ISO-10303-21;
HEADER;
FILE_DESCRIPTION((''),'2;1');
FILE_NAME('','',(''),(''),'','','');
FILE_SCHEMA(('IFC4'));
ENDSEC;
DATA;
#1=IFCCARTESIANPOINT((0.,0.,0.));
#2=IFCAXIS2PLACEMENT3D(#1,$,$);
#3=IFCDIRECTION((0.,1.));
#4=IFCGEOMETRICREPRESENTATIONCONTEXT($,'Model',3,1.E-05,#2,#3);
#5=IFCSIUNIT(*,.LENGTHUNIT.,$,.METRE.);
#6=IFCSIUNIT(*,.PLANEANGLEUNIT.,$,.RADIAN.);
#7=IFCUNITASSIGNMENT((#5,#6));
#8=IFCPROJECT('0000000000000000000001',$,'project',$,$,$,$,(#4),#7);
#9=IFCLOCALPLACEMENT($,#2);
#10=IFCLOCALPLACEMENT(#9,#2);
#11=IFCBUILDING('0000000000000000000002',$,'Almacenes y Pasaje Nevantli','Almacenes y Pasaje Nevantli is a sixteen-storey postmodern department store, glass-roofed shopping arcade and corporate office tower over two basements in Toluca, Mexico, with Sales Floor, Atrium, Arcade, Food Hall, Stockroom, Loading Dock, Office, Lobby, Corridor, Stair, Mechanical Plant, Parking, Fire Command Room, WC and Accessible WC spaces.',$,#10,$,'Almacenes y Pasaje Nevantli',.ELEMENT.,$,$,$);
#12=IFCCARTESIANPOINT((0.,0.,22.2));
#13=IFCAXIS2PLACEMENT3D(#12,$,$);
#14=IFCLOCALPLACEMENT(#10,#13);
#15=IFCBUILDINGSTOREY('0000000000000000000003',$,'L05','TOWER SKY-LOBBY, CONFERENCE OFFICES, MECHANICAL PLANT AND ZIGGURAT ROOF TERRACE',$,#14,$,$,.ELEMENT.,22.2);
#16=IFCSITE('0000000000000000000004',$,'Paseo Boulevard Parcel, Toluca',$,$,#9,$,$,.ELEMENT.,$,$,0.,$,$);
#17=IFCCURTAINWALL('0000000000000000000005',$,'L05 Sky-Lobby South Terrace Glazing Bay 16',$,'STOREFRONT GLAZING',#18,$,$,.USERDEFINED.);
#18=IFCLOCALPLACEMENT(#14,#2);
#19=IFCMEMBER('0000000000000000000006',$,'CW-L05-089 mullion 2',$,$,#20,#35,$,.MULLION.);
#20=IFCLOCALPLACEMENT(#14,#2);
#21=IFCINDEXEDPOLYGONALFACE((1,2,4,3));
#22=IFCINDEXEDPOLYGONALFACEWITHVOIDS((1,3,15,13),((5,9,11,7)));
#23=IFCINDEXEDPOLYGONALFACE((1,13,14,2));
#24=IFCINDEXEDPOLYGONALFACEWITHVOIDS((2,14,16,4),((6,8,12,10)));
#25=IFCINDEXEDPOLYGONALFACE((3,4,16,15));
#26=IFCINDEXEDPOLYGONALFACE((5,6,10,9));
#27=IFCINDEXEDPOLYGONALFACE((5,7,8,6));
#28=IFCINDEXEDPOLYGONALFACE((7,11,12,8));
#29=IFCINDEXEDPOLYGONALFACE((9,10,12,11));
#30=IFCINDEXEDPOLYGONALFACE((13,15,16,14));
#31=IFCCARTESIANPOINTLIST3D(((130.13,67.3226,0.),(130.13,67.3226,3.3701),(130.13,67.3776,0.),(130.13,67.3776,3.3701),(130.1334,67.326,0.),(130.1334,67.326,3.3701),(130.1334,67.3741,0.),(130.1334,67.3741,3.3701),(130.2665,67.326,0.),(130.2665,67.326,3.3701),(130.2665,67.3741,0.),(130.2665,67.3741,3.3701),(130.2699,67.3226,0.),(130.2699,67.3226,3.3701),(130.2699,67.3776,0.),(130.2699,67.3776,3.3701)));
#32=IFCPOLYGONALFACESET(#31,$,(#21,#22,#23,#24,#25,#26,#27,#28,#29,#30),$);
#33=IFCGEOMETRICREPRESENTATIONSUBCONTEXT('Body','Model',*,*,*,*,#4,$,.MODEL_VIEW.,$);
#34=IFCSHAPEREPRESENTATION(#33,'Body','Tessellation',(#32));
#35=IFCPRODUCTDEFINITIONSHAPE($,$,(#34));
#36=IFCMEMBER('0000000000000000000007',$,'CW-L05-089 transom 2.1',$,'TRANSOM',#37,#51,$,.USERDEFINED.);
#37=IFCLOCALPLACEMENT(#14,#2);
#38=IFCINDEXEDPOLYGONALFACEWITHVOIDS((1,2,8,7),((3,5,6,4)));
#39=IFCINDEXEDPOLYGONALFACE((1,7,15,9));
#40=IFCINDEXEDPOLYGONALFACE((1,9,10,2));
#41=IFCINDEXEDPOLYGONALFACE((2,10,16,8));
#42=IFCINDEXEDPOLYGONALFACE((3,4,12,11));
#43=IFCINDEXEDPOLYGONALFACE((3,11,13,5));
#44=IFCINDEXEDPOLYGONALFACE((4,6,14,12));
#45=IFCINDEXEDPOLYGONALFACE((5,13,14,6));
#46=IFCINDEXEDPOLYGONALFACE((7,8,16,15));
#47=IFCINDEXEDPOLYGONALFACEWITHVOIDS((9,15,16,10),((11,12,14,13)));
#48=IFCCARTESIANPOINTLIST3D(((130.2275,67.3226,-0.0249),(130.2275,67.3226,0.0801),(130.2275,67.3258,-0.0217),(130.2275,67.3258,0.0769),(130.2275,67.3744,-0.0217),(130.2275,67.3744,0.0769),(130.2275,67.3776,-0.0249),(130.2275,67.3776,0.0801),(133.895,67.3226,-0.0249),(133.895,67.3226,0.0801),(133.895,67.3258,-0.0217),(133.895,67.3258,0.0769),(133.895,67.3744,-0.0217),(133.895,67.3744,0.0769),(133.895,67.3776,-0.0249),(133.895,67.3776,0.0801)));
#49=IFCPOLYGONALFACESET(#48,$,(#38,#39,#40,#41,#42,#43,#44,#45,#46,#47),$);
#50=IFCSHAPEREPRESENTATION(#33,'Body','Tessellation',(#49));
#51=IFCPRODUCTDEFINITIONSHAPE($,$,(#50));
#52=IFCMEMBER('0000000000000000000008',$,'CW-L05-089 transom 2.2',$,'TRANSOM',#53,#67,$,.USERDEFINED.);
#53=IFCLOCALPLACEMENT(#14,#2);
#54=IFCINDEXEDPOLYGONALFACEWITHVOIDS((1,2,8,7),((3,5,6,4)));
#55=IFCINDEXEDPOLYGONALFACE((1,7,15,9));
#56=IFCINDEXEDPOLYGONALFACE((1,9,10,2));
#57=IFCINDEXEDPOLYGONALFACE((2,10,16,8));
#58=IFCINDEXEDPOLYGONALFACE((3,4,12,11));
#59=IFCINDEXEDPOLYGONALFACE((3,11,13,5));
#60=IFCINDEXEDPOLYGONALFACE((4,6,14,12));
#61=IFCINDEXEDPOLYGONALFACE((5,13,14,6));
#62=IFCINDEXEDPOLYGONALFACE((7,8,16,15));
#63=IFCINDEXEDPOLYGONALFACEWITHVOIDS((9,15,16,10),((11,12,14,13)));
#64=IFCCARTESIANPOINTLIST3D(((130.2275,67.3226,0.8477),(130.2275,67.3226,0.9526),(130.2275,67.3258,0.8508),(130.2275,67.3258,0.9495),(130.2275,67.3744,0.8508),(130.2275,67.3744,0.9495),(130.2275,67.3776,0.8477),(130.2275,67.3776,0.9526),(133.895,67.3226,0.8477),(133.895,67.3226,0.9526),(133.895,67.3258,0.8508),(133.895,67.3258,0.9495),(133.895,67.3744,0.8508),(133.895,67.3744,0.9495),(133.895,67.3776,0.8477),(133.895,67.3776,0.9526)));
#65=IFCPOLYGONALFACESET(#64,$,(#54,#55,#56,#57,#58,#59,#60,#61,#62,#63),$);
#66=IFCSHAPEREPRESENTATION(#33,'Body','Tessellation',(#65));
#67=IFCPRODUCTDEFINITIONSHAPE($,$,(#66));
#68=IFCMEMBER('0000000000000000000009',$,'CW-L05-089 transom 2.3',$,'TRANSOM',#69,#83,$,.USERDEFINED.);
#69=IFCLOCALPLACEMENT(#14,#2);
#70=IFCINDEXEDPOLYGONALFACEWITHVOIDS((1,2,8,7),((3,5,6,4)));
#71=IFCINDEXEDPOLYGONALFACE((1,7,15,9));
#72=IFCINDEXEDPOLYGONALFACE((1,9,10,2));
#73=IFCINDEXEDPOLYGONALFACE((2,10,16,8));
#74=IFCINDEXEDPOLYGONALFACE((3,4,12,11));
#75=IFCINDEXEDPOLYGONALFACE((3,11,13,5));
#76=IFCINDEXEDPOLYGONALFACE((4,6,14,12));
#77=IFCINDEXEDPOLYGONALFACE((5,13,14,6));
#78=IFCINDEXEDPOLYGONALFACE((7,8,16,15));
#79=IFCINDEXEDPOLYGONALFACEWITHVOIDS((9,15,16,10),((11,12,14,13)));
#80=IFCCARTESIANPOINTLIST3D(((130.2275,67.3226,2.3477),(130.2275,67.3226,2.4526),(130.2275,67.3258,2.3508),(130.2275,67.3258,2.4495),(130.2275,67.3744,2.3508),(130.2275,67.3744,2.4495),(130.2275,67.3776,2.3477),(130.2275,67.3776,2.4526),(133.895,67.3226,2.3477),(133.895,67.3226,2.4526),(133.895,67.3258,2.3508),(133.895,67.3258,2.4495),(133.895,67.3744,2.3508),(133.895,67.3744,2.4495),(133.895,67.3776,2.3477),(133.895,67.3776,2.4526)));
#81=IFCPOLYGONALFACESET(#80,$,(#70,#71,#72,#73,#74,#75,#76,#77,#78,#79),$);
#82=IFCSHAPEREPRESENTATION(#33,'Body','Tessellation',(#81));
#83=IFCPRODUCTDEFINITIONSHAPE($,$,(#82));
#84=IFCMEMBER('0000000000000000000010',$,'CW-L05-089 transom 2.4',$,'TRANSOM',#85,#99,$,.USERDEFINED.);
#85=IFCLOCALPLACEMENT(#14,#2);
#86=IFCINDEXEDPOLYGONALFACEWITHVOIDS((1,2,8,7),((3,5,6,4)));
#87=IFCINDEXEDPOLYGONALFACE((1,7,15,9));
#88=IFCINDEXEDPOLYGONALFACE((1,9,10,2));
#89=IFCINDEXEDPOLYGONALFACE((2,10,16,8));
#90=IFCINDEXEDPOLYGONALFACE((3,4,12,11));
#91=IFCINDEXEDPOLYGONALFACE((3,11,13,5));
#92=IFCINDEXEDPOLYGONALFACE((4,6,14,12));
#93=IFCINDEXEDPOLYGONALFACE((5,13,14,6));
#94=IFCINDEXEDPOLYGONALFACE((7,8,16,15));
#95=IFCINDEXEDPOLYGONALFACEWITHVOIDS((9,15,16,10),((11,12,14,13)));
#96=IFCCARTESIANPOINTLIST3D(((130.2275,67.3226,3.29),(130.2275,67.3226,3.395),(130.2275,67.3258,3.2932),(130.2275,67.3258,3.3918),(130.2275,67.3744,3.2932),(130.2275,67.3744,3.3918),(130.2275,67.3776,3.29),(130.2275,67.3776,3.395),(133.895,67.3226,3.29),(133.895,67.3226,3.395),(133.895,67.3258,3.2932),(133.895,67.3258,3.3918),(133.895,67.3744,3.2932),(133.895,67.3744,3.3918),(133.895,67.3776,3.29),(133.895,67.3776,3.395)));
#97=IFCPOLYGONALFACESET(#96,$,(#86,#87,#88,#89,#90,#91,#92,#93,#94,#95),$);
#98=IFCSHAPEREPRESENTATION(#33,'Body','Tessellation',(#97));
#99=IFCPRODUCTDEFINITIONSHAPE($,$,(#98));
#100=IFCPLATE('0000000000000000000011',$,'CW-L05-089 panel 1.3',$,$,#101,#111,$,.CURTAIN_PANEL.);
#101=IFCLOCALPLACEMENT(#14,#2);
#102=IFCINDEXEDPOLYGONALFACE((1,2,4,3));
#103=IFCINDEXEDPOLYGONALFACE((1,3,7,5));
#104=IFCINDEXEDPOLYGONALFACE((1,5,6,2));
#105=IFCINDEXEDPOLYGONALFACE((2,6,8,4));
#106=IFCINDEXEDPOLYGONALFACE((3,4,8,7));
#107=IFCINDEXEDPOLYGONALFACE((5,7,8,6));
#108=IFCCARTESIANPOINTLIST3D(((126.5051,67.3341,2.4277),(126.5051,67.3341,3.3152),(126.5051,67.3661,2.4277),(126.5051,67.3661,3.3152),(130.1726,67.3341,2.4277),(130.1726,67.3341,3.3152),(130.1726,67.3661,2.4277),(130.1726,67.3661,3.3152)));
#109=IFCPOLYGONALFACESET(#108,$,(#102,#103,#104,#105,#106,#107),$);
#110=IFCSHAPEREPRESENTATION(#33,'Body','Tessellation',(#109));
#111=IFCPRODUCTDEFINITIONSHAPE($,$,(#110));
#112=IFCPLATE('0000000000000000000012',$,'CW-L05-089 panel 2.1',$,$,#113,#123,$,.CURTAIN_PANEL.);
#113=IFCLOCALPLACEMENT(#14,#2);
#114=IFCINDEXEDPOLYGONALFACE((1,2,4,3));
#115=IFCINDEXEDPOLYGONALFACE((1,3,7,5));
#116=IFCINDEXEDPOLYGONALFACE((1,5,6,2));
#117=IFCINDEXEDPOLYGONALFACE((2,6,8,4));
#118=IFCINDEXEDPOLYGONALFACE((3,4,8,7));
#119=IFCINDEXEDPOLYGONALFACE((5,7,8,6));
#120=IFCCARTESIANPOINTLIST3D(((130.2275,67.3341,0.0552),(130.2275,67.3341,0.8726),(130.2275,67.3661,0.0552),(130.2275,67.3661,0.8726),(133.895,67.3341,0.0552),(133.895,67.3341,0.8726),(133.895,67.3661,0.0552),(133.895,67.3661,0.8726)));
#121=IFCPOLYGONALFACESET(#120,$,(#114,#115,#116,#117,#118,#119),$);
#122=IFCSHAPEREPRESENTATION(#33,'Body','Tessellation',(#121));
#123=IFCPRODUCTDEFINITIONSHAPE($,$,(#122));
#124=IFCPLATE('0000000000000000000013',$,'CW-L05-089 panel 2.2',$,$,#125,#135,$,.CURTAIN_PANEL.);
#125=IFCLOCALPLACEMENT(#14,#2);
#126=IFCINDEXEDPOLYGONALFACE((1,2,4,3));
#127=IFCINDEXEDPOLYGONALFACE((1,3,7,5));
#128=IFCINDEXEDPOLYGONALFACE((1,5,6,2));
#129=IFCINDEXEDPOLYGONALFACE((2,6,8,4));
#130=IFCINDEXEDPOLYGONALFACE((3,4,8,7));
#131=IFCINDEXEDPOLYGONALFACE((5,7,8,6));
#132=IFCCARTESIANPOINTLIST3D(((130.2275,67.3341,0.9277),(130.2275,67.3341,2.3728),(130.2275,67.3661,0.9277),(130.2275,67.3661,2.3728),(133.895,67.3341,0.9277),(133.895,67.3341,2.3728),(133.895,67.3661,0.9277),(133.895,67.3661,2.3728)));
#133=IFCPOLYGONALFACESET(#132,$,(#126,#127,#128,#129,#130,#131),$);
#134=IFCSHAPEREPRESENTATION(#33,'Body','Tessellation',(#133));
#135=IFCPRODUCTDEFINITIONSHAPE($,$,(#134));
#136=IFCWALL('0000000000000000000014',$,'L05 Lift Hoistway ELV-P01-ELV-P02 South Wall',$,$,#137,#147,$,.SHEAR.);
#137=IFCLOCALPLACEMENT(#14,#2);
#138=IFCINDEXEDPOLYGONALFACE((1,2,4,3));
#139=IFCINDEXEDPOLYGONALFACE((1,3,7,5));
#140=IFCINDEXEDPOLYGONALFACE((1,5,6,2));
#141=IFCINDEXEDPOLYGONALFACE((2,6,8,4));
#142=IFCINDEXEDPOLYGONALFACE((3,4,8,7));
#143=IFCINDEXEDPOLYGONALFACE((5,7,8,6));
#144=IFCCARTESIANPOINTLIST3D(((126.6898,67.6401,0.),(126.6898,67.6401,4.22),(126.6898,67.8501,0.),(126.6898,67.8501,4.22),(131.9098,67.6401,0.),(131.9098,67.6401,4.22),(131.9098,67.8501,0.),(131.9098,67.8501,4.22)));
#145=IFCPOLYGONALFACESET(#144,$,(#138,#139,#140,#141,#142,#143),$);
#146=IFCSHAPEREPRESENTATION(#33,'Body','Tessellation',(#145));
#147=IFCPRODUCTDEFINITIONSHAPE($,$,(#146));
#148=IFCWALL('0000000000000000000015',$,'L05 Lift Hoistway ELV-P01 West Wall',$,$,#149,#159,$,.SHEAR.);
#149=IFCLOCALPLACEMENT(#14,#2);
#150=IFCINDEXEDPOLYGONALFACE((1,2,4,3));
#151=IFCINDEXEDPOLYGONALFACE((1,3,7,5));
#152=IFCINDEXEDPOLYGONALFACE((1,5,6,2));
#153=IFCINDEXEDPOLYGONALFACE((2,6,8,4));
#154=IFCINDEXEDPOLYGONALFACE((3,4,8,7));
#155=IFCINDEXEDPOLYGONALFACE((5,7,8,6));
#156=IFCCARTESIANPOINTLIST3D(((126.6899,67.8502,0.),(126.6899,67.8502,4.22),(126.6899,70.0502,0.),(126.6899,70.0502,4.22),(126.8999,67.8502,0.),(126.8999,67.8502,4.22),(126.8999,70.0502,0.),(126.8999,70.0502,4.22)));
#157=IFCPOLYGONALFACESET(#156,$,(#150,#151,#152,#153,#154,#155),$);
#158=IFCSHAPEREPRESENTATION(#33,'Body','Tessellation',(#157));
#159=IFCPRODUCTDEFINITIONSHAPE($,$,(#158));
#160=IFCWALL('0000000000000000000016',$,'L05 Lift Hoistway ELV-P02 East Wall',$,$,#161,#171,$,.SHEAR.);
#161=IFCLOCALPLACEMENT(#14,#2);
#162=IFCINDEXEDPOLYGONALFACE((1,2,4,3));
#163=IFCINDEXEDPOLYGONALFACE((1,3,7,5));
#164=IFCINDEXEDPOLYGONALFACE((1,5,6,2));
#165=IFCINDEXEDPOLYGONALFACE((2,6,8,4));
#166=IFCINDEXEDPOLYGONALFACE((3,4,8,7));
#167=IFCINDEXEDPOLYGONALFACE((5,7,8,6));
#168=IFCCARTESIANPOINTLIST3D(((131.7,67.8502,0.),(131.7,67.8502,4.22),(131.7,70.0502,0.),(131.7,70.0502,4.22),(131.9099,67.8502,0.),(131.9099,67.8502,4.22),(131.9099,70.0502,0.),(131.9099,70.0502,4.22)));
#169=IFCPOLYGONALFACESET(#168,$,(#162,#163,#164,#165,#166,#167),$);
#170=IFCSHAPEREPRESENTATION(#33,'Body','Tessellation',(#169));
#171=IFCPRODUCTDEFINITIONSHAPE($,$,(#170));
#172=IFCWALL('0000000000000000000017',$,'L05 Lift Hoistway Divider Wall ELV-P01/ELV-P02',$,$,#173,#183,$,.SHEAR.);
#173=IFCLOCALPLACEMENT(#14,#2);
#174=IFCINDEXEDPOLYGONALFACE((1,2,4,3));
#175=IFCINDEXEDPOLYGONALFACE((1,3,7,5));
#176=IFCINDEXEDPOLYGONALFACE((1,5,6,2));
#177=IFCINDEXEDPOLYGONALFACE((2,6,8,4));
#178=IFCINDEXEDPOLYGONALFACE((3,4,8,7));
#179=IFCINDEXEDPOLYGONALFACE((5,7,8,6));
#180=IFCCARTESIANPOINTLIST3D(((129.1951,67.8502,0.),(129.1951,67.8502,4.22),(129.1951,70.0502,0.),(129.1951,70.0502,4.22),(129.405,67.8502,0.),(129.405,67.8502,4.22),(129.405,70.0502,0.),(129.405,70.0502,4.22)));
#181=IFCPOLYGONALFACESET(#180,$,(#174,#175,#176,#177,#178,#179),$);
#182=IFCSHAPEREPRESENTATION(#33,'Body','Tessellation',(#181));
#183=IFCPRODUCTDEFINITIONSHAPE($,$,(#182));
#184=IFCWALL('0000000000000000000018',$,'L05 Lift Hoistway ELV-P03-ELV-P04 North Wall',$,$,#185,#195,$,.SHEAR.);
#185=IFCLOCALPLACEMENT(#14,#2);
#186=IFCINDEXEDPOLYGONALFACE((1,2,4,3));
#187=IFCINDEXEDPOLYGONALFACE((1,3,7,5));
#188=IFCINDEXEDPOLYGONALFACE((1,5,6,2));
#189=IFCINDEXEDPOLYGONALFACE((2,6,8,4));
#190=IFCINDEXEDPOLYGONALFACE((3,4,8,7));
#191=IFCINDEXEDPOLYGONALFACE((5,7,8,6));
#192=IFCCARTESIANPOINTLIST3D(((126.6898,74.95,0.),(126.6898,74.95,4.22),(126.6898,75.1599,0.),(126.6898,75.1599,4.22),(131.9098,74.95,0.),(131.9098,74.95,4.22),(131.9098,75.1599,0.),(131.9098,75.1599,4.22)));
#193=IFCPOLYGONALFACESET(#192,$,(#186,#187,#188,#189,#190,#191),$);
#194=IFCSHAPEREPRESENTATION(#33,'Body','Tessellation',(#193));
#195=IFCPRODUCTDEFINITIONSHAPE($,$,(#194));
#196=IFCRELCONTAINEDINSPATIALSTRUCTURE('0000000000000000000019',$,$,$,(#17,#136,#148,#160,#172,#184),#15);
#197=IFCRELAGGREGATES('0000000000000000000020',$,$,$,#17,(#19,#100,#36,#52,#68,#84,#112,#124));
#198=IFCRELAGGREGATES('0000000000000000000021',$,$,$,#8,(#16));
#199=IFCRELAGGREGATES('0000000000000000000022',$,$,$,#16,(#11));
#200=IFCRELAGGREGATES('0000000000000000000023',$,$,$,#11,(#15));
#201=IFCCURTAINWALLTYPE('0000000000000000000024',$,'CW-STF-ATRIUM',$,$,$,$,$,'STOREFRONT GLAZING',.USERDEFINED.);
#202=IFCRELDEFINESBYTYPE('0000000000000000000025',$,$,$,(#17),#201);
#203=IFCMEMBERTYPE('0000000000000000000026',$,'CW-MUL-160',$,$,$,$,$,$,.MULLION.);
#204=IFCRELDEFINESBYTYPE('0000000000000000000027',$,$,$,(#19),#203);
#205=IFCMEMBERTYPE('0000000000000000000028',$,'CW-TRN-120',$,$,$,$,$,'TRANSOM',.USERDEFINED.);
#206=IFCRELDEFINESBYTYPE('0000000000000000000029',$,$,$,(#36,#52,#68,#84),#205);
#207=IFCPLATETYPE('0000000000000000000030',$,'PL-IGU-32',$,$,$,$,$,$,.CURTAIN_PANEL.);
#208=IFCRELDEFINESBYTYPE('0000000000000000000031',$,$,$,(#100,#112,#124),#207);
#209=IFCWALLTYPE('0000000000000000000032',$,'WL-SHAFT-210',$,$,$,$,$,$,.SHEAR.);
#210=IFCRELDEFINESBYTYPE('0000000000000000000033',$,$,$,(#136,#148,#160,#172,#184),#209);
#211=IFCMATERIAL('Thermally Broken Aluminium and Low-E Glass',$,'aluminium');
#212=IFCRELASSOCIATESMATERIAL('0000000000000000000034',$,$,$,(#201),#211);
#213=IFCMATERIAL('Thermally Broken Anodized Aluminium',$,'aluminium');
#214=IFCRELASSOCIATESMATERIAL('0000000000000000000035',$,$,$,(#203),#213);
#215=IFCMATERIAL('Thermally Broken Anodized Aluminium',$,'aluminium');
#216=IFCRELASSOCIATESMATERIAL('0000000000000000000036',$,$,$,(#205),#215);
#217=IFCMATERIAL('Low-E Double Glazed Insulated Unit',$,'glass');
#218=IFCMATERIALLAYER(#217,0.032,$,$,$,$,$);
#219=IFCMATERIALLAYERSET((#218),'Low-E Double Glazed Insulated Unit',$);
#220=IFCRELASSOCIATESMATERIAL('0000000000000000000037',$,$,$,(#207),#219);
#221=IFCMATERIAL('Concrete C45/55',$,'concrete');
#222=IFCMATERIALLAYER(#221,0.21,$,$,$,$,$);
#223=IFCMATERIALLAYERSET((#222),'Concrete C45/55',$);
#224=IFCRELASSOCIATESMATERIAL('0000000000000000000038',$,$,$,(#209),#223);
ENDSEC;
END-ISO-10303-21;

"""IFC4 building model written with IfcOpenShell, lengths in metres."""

from ifc_helpers import new_model, si_unit, direction, frame, frame_2d, origin, origin_2d, place, context, subcontext, project, spatial, rectangle, hollow_rectangle, extrude, material, layer, layer_set, material_profile, profile_set, type_object, element, aggregate, save


model = new_model("IFC4")

# Units and contexts
model_context = context("Model", 3, precision=1e-05, world=origin(), true_north=direction((0.0, 1.0)))
body_context = subcontext(model_context, "Body", "Model", "MODEL_VIEW")
ifc_project = project(units=[si_unit("LENGTHUNIT", "METRE"), si_unit("PLANEANGLEUNIT", "RADIAN")], contexts=[model_context])

# Site, building, storey
site_placement = place(None, origin())
site = spatial("IfcSite", under=ifc_project, at=site_placement, Name="Paseo Boulevard Parcel, Toluca", CompositionType="ELEMENT", RefElevation=0.0)
building_placement = place(site_placement, origin())
building = spatial("IfcBuilding", under=site, at=building_placement, Name="Almacenes y Pasaje Nevantli", Description="Almacenes y Pasaje Nevantli is a sixteen-storey postmodern department store, glass-roofed shopping arcade and corporate office tower over two basements in Toluca, Mexico, with Sales Floor, Atrium, Arcade, Food Hall, Stockroom, Loading Dock, Office, Lobby, Corridor, Stair, Mechanical Plant, Parking, Fire Command Room, WC and Accessible WC spaces.", LongName="Almacenes y Pasaje Nevantli", CompositionType="ELEMENT")
storey_placement = place(building_placement, frame((0.0, 0.0, 22.2)))
storey = spatial("IfcBuildingStorey", under=building, at=storey_placement, Name="L05", Description="TOWER SKY-LOBBY, CONFERENCE OFFICES, MECHANICAL PLANT AND ZIGGURAT ROOF TERRACE", CompositionType="ELEMENT", Elevation=22.2)

# Curtain wall, members, plates
ifc_material_1 = material(Name="Thermally Broken Aluminium and Low-E Glass", Category="aluminium")
curtain_wall_type = type_object("IfcCurtainWallType", Name="CW-STF-ATRIUM", ElementType="STOREFRONT GLAZING", PredefinedType="USERDEFINED", material=ifc_material_1)
curtain_wall_placement = place(storey_placement, origin())
curtain_wall = element("IfcCurtainWall", 1, at=curtain_wall_placement, inside=storey, type_object=curtain_wall_type, Name="L05 Sky-Lobby South Terrace Glazing Bay 16", ObjectType="STOREFRONT GLAZING", PredefinedType="USERDEFINED")
ifc_material_2 = material(Name="Thermally Broken Anodized Aluminium", Category="aluminium")
ifc_material_profile_1 = material_profile(ifc_material_2, hollow_rectangle(XDim=0.0549, YDim=0.1399, WallThickness=0.0034, at=origin_2d()), Name="ALU-MUL-55x140")
ifc_profile_set_1 = profile_set([ifc_material_profile_1], Name="Thermally Broken Anodized Aluminium")
member_type_1 = type_object("IfcMemberType", Name="CW-MUL-160", PredefinedType="MULLION", material=ifc_profile_set_1)
member_1_placement = place(storey_placement, frame((130.2, 67.3501, 0.0), z_axis=(0.0, 0.0, 1.0), x_axis=(0.0, 1.0, 0.0)))
member_1 = element("IfcMember", 2, at=member_1_placement, type_object=member_type_1, Name="CW-L05-089 mullion 2", PredefinedType="MULLION", context=body_context, shape_type="SweptSolid", body=[
    extrude(hollow_rectangle(XDim=0.0549, YDim=0.1399, WallThickness=0.0034, at=origin_2d()), origin(), (0.0, 0.0, 1.0), 3.3701),
])
ifc_material_3 = material(Name="Thermally Broken Anodized Aluminium", Category="aluminium")
ifc_material_profile_2 = material_profile(ifc_material_3, hollow_rectangle(XDim=0.0549, YDim=0.105, WallThickness=0.0032, at=origin_2d()), Name="ALU-TRN-55x105")
ifc_profile_set_2 = profile_set([ifc_material_profile_2], Name="Thermally Broken Anodized Aluminium")
member_type_2 = type_object("IfcMemberType", Name="CW-TRN-120", ElementType="TRANSOM", PredefinedType="USERDEFINED", material=ifc_profile_set_2)
member_2_placement = place(storey_placement, frame((130.2275, 67.3501, 0.0276), z_axis=(1.0, 0.0, 0.0), x_axis=(0.0, 1.0, 0.0)))
member_2 = element("IfcMember", 3, at=member_2_placement, type_object=member_type_2, Name="CW-L05-089 transom 2.1", ObjectType="TRANSOM", PredefinedType="USERDEFINED", context=body_context, shape_type="SweptSolid", body=[
    extrude(hollow_rectangle(XDim=0.0549, YDim=0.105, WallThickness=0.0032, at=origin_2d()), origin(), (0.0, 0.0, 1.0), 3.6675),
])
member_3_placement = place(storey_placement, frame((130.2275, 67.3501, 0.9001), z_axis=(1.0, 0.0, 0.0), x_axis=(0.0, 1.0, 0.0)))
member_3 = element("IfcMember", 4, at=member_3_placement, type_object=member_type_2, Name="CW-L05-089 transom 2.2", ObjectType="TRANSOM", PredefinedType="USERDEFINED", context=body_context, shape_type="SweptSolid", body=[
    extrude(hollow_rectangle(XDim=0.0549, YDim=0.105, WallThickness=0.0032, at=origin_2d()), origin(), (0.0, 0.0, 1.0), 3.6675),
])
member_4_placement = place(storey_placement, frame((130.2275, 67.3501, 2.4001), z_axis=(1.0, 0.0, 0.0), x_axis=(0.0, 1.0, 0.0)))
member_4 = element("IfcMember", 5, at=member_4_placement, type_object=member_type_2, Name="CW-L05-089 transom 2.3", ObjectType="TRANSOM", PredefinedType="USERDEFINED", context=body_context, shape_type="SweptSolid", body=[
    extrude(hollow_rectangle(XDim=0.0549, YDim=0.105, WallThickness=0.0032, at=origin_2d()), origin(), (0.0, 0.0, 1.0), 3.6675),
])
member_5_placement = place(storey_placement, frame((130.2275, 67.3501, 3.3425), z_axis=(1.0, 0.0, 0.0), x_axis=(0.0, 1.0, 0.0)))
member_5 = element("IfcMember", 6, at=member_5_placement, type_object=member_type_2, Name="CW-L05-089 transom 2.4", ObjectType="TRANSOM", PredefinedType="USERDEFINED", context=body_context, shape_type="SweptSolid", body=[
    extrude(hollow_rectangle(XDim=0.0549, YDim=0.105, WallThickness=0.0032, at=origin_2d()), origin(), (0.0, 0.0, 1.0), 3.6675),
])
ifc_material_4 = material(Name="Low-E Double Glazed Insulated Unit", Category="glass")
ifc_layer_1 = layer(ifc_material_4, 0.032)
ifc_layer_set_1 = layer_set([ifc_layer_1], Name="Low-E Double Glazed Insulated Unit")
plate_type = type_object("IfcPlateType", Name="PL-IGU-32", PredefinedType="CURTAIN_PANEL", material=ifc_layer_set_1)
plate_1_placement = place(storey_placement, frame((128.3389, 67.3501, 2.4277), z_axis=(0.0, 0.0, 1.0), x_axis=(1.0, 0.0, 0.0)))
plate_1 = element("IfcPlate", 7, at=plate_1_placement, type_object=plate_type, Name="CW-L05-089 panel 1.3", PredefinedType="CURTAIN_PANEL", context=body_context, shape_type="SweptSolid", body=[
    extrude(rectangle(XDim=3.6675, YDim=0.032, at=origin_2d()), origin(), (0.0, 0.0, 1.0), 0.8875),
])
plate_2_placement = place(storey_placement, frame((132.0613, 67.3501, 0.0552), z_axis=(0.0, 0.0, 1.0), x_axis=(1.0, 0.0, 0.0)))
plate_2 = element("IfcPlate", 8, at=plate_2_placement, type_object=plate_type, Name="CW-L05-089 panel 2.1", PredefinedType="CURTAIN_PANEL", context=body_context, shape_type="SweptSolid", body=[
    extrude(rectangle(XDim=3.6675, YDim=0.032, at=origin_2d()), origin(), (0.0, 0.0, 1.0), 0.8174),
])
plate_3_placement = place(storey_placement, frame((132.0613, 67.3501, 0.9277), z_axis=(0.0, 0.0, 1.0), x_axis=(1.0, 0.0, 0.0)))
plate_3 = element("IfcPlate", 9, at=plate_3_placement, type_object=plate_type, Name="CW-L05-089 panel 2.2", PredefinedType="CURTAIN_PANEL", context=body_context, shape_type="SweptSolid", body=[
    extrude(rectangle(XDim=3.6675, YDim=0.032, at=origin_2d()), origin(), (0.0, 0.0, 1.0), 1.4451),
])
aggregate(curtain_wall, [member_1, plate_1, member_2, member_3, member_4, member_5, plate_2, plate_3])

# Wall
ifc_material_5 = material(Name="Concrete C45/55", Category="concrete")
ifc_layer_2 = layer(ifc_material_5, 0.21)
ifc_layer_set_2 = layer_set([ifc_layer_2], Name="Concrete C45/55")
wall_type = type_object("IfcWallType", Name="WL-SHAFT-210", PredefinedType="SHEAR", material=ifc_layer_set_2)
wall_1_placement = place(storey_placement, frame((126.6899, 67.7451, 0.0), z_axis=(0.0, 0.0, 1.0), x_axis=(1.0, 0.0, 0.0)))
element("IfcWall", 10, at=wall_1_placement, inside=storey, type_object=wall_type, Name="L05 Lift Hoistway ELV-P01-ELV-P02 South Wall", PredefinedType="SHEAR", context=body_context, shape_type="SweptSolid", body=[
    extrude(rectangle(XDim=5.22, YDim=0.21, at=frame_2d((2.6099, 0.0))), origin(), (0.0, 0.0, 1.0), 4.22),
])

# Walls
for number, where, z_axis, x_axis, name in (
    (11, (126.7949, 67.8501, 0.0), (0.0, 0.0, 1.0), (0.0, 1.0, 0.0), "L05 Lift Hoistway ELV-P01 West Wall"),
    (12, (131.8049, 67.8501, 0.0), (0.0, 0.0, 1.0), (0.0, 1.0, 0.0), "L05 Lift Hoistway ELV-P02 East Wall"),
    (13, (129.3, 67.8501, 0.0), (0.0, 0.0, 1.0), (0.0, 1.0, 0.0), "L05 Lift Hoistway Divider Wall ELV-P01/ELV-P02"),
):
    element("IfcWall", number, at=place(storey_placement, frame(where, z_axis=z_axis, x_axis=x_axis)), inside=storey, type_object=wall_type, Name=name, PredefinedType="SHEAR", context=body_context, shape_type="SweptSolid", body=[
        extrude(rectangle(XDim=2.2, YDim=0.21, at=frame_2d((1.1001, 0.0))), origin(), (0.0, 0.0, 1.0), 4.22),
    ])

# Wall
wall_2_placement = place(storey_placement, frame((126.6899, 75.0549, 0.0), z_axis=(0.0, 0.0, 1.0), x_axis=(1.0, 0.0, 0.0)))
element("IfcWall", 14, at=wall_2_placement, inside=storey, type_object=wall_type, Name="L05 Lift Hoistway ELV-P03-ELV-P04 North Wall", PredefinedType="SHEAR", context=body_context, shape_type="SweptSolid", body=[
    extrude(rectangle(XDim=5.22, YDim=0.21, at=frame_2d((2.6099, 0.0))), origin(), (0.0, 0.0, 1.0), 4.22),
])

save(model, "model.ifc")
